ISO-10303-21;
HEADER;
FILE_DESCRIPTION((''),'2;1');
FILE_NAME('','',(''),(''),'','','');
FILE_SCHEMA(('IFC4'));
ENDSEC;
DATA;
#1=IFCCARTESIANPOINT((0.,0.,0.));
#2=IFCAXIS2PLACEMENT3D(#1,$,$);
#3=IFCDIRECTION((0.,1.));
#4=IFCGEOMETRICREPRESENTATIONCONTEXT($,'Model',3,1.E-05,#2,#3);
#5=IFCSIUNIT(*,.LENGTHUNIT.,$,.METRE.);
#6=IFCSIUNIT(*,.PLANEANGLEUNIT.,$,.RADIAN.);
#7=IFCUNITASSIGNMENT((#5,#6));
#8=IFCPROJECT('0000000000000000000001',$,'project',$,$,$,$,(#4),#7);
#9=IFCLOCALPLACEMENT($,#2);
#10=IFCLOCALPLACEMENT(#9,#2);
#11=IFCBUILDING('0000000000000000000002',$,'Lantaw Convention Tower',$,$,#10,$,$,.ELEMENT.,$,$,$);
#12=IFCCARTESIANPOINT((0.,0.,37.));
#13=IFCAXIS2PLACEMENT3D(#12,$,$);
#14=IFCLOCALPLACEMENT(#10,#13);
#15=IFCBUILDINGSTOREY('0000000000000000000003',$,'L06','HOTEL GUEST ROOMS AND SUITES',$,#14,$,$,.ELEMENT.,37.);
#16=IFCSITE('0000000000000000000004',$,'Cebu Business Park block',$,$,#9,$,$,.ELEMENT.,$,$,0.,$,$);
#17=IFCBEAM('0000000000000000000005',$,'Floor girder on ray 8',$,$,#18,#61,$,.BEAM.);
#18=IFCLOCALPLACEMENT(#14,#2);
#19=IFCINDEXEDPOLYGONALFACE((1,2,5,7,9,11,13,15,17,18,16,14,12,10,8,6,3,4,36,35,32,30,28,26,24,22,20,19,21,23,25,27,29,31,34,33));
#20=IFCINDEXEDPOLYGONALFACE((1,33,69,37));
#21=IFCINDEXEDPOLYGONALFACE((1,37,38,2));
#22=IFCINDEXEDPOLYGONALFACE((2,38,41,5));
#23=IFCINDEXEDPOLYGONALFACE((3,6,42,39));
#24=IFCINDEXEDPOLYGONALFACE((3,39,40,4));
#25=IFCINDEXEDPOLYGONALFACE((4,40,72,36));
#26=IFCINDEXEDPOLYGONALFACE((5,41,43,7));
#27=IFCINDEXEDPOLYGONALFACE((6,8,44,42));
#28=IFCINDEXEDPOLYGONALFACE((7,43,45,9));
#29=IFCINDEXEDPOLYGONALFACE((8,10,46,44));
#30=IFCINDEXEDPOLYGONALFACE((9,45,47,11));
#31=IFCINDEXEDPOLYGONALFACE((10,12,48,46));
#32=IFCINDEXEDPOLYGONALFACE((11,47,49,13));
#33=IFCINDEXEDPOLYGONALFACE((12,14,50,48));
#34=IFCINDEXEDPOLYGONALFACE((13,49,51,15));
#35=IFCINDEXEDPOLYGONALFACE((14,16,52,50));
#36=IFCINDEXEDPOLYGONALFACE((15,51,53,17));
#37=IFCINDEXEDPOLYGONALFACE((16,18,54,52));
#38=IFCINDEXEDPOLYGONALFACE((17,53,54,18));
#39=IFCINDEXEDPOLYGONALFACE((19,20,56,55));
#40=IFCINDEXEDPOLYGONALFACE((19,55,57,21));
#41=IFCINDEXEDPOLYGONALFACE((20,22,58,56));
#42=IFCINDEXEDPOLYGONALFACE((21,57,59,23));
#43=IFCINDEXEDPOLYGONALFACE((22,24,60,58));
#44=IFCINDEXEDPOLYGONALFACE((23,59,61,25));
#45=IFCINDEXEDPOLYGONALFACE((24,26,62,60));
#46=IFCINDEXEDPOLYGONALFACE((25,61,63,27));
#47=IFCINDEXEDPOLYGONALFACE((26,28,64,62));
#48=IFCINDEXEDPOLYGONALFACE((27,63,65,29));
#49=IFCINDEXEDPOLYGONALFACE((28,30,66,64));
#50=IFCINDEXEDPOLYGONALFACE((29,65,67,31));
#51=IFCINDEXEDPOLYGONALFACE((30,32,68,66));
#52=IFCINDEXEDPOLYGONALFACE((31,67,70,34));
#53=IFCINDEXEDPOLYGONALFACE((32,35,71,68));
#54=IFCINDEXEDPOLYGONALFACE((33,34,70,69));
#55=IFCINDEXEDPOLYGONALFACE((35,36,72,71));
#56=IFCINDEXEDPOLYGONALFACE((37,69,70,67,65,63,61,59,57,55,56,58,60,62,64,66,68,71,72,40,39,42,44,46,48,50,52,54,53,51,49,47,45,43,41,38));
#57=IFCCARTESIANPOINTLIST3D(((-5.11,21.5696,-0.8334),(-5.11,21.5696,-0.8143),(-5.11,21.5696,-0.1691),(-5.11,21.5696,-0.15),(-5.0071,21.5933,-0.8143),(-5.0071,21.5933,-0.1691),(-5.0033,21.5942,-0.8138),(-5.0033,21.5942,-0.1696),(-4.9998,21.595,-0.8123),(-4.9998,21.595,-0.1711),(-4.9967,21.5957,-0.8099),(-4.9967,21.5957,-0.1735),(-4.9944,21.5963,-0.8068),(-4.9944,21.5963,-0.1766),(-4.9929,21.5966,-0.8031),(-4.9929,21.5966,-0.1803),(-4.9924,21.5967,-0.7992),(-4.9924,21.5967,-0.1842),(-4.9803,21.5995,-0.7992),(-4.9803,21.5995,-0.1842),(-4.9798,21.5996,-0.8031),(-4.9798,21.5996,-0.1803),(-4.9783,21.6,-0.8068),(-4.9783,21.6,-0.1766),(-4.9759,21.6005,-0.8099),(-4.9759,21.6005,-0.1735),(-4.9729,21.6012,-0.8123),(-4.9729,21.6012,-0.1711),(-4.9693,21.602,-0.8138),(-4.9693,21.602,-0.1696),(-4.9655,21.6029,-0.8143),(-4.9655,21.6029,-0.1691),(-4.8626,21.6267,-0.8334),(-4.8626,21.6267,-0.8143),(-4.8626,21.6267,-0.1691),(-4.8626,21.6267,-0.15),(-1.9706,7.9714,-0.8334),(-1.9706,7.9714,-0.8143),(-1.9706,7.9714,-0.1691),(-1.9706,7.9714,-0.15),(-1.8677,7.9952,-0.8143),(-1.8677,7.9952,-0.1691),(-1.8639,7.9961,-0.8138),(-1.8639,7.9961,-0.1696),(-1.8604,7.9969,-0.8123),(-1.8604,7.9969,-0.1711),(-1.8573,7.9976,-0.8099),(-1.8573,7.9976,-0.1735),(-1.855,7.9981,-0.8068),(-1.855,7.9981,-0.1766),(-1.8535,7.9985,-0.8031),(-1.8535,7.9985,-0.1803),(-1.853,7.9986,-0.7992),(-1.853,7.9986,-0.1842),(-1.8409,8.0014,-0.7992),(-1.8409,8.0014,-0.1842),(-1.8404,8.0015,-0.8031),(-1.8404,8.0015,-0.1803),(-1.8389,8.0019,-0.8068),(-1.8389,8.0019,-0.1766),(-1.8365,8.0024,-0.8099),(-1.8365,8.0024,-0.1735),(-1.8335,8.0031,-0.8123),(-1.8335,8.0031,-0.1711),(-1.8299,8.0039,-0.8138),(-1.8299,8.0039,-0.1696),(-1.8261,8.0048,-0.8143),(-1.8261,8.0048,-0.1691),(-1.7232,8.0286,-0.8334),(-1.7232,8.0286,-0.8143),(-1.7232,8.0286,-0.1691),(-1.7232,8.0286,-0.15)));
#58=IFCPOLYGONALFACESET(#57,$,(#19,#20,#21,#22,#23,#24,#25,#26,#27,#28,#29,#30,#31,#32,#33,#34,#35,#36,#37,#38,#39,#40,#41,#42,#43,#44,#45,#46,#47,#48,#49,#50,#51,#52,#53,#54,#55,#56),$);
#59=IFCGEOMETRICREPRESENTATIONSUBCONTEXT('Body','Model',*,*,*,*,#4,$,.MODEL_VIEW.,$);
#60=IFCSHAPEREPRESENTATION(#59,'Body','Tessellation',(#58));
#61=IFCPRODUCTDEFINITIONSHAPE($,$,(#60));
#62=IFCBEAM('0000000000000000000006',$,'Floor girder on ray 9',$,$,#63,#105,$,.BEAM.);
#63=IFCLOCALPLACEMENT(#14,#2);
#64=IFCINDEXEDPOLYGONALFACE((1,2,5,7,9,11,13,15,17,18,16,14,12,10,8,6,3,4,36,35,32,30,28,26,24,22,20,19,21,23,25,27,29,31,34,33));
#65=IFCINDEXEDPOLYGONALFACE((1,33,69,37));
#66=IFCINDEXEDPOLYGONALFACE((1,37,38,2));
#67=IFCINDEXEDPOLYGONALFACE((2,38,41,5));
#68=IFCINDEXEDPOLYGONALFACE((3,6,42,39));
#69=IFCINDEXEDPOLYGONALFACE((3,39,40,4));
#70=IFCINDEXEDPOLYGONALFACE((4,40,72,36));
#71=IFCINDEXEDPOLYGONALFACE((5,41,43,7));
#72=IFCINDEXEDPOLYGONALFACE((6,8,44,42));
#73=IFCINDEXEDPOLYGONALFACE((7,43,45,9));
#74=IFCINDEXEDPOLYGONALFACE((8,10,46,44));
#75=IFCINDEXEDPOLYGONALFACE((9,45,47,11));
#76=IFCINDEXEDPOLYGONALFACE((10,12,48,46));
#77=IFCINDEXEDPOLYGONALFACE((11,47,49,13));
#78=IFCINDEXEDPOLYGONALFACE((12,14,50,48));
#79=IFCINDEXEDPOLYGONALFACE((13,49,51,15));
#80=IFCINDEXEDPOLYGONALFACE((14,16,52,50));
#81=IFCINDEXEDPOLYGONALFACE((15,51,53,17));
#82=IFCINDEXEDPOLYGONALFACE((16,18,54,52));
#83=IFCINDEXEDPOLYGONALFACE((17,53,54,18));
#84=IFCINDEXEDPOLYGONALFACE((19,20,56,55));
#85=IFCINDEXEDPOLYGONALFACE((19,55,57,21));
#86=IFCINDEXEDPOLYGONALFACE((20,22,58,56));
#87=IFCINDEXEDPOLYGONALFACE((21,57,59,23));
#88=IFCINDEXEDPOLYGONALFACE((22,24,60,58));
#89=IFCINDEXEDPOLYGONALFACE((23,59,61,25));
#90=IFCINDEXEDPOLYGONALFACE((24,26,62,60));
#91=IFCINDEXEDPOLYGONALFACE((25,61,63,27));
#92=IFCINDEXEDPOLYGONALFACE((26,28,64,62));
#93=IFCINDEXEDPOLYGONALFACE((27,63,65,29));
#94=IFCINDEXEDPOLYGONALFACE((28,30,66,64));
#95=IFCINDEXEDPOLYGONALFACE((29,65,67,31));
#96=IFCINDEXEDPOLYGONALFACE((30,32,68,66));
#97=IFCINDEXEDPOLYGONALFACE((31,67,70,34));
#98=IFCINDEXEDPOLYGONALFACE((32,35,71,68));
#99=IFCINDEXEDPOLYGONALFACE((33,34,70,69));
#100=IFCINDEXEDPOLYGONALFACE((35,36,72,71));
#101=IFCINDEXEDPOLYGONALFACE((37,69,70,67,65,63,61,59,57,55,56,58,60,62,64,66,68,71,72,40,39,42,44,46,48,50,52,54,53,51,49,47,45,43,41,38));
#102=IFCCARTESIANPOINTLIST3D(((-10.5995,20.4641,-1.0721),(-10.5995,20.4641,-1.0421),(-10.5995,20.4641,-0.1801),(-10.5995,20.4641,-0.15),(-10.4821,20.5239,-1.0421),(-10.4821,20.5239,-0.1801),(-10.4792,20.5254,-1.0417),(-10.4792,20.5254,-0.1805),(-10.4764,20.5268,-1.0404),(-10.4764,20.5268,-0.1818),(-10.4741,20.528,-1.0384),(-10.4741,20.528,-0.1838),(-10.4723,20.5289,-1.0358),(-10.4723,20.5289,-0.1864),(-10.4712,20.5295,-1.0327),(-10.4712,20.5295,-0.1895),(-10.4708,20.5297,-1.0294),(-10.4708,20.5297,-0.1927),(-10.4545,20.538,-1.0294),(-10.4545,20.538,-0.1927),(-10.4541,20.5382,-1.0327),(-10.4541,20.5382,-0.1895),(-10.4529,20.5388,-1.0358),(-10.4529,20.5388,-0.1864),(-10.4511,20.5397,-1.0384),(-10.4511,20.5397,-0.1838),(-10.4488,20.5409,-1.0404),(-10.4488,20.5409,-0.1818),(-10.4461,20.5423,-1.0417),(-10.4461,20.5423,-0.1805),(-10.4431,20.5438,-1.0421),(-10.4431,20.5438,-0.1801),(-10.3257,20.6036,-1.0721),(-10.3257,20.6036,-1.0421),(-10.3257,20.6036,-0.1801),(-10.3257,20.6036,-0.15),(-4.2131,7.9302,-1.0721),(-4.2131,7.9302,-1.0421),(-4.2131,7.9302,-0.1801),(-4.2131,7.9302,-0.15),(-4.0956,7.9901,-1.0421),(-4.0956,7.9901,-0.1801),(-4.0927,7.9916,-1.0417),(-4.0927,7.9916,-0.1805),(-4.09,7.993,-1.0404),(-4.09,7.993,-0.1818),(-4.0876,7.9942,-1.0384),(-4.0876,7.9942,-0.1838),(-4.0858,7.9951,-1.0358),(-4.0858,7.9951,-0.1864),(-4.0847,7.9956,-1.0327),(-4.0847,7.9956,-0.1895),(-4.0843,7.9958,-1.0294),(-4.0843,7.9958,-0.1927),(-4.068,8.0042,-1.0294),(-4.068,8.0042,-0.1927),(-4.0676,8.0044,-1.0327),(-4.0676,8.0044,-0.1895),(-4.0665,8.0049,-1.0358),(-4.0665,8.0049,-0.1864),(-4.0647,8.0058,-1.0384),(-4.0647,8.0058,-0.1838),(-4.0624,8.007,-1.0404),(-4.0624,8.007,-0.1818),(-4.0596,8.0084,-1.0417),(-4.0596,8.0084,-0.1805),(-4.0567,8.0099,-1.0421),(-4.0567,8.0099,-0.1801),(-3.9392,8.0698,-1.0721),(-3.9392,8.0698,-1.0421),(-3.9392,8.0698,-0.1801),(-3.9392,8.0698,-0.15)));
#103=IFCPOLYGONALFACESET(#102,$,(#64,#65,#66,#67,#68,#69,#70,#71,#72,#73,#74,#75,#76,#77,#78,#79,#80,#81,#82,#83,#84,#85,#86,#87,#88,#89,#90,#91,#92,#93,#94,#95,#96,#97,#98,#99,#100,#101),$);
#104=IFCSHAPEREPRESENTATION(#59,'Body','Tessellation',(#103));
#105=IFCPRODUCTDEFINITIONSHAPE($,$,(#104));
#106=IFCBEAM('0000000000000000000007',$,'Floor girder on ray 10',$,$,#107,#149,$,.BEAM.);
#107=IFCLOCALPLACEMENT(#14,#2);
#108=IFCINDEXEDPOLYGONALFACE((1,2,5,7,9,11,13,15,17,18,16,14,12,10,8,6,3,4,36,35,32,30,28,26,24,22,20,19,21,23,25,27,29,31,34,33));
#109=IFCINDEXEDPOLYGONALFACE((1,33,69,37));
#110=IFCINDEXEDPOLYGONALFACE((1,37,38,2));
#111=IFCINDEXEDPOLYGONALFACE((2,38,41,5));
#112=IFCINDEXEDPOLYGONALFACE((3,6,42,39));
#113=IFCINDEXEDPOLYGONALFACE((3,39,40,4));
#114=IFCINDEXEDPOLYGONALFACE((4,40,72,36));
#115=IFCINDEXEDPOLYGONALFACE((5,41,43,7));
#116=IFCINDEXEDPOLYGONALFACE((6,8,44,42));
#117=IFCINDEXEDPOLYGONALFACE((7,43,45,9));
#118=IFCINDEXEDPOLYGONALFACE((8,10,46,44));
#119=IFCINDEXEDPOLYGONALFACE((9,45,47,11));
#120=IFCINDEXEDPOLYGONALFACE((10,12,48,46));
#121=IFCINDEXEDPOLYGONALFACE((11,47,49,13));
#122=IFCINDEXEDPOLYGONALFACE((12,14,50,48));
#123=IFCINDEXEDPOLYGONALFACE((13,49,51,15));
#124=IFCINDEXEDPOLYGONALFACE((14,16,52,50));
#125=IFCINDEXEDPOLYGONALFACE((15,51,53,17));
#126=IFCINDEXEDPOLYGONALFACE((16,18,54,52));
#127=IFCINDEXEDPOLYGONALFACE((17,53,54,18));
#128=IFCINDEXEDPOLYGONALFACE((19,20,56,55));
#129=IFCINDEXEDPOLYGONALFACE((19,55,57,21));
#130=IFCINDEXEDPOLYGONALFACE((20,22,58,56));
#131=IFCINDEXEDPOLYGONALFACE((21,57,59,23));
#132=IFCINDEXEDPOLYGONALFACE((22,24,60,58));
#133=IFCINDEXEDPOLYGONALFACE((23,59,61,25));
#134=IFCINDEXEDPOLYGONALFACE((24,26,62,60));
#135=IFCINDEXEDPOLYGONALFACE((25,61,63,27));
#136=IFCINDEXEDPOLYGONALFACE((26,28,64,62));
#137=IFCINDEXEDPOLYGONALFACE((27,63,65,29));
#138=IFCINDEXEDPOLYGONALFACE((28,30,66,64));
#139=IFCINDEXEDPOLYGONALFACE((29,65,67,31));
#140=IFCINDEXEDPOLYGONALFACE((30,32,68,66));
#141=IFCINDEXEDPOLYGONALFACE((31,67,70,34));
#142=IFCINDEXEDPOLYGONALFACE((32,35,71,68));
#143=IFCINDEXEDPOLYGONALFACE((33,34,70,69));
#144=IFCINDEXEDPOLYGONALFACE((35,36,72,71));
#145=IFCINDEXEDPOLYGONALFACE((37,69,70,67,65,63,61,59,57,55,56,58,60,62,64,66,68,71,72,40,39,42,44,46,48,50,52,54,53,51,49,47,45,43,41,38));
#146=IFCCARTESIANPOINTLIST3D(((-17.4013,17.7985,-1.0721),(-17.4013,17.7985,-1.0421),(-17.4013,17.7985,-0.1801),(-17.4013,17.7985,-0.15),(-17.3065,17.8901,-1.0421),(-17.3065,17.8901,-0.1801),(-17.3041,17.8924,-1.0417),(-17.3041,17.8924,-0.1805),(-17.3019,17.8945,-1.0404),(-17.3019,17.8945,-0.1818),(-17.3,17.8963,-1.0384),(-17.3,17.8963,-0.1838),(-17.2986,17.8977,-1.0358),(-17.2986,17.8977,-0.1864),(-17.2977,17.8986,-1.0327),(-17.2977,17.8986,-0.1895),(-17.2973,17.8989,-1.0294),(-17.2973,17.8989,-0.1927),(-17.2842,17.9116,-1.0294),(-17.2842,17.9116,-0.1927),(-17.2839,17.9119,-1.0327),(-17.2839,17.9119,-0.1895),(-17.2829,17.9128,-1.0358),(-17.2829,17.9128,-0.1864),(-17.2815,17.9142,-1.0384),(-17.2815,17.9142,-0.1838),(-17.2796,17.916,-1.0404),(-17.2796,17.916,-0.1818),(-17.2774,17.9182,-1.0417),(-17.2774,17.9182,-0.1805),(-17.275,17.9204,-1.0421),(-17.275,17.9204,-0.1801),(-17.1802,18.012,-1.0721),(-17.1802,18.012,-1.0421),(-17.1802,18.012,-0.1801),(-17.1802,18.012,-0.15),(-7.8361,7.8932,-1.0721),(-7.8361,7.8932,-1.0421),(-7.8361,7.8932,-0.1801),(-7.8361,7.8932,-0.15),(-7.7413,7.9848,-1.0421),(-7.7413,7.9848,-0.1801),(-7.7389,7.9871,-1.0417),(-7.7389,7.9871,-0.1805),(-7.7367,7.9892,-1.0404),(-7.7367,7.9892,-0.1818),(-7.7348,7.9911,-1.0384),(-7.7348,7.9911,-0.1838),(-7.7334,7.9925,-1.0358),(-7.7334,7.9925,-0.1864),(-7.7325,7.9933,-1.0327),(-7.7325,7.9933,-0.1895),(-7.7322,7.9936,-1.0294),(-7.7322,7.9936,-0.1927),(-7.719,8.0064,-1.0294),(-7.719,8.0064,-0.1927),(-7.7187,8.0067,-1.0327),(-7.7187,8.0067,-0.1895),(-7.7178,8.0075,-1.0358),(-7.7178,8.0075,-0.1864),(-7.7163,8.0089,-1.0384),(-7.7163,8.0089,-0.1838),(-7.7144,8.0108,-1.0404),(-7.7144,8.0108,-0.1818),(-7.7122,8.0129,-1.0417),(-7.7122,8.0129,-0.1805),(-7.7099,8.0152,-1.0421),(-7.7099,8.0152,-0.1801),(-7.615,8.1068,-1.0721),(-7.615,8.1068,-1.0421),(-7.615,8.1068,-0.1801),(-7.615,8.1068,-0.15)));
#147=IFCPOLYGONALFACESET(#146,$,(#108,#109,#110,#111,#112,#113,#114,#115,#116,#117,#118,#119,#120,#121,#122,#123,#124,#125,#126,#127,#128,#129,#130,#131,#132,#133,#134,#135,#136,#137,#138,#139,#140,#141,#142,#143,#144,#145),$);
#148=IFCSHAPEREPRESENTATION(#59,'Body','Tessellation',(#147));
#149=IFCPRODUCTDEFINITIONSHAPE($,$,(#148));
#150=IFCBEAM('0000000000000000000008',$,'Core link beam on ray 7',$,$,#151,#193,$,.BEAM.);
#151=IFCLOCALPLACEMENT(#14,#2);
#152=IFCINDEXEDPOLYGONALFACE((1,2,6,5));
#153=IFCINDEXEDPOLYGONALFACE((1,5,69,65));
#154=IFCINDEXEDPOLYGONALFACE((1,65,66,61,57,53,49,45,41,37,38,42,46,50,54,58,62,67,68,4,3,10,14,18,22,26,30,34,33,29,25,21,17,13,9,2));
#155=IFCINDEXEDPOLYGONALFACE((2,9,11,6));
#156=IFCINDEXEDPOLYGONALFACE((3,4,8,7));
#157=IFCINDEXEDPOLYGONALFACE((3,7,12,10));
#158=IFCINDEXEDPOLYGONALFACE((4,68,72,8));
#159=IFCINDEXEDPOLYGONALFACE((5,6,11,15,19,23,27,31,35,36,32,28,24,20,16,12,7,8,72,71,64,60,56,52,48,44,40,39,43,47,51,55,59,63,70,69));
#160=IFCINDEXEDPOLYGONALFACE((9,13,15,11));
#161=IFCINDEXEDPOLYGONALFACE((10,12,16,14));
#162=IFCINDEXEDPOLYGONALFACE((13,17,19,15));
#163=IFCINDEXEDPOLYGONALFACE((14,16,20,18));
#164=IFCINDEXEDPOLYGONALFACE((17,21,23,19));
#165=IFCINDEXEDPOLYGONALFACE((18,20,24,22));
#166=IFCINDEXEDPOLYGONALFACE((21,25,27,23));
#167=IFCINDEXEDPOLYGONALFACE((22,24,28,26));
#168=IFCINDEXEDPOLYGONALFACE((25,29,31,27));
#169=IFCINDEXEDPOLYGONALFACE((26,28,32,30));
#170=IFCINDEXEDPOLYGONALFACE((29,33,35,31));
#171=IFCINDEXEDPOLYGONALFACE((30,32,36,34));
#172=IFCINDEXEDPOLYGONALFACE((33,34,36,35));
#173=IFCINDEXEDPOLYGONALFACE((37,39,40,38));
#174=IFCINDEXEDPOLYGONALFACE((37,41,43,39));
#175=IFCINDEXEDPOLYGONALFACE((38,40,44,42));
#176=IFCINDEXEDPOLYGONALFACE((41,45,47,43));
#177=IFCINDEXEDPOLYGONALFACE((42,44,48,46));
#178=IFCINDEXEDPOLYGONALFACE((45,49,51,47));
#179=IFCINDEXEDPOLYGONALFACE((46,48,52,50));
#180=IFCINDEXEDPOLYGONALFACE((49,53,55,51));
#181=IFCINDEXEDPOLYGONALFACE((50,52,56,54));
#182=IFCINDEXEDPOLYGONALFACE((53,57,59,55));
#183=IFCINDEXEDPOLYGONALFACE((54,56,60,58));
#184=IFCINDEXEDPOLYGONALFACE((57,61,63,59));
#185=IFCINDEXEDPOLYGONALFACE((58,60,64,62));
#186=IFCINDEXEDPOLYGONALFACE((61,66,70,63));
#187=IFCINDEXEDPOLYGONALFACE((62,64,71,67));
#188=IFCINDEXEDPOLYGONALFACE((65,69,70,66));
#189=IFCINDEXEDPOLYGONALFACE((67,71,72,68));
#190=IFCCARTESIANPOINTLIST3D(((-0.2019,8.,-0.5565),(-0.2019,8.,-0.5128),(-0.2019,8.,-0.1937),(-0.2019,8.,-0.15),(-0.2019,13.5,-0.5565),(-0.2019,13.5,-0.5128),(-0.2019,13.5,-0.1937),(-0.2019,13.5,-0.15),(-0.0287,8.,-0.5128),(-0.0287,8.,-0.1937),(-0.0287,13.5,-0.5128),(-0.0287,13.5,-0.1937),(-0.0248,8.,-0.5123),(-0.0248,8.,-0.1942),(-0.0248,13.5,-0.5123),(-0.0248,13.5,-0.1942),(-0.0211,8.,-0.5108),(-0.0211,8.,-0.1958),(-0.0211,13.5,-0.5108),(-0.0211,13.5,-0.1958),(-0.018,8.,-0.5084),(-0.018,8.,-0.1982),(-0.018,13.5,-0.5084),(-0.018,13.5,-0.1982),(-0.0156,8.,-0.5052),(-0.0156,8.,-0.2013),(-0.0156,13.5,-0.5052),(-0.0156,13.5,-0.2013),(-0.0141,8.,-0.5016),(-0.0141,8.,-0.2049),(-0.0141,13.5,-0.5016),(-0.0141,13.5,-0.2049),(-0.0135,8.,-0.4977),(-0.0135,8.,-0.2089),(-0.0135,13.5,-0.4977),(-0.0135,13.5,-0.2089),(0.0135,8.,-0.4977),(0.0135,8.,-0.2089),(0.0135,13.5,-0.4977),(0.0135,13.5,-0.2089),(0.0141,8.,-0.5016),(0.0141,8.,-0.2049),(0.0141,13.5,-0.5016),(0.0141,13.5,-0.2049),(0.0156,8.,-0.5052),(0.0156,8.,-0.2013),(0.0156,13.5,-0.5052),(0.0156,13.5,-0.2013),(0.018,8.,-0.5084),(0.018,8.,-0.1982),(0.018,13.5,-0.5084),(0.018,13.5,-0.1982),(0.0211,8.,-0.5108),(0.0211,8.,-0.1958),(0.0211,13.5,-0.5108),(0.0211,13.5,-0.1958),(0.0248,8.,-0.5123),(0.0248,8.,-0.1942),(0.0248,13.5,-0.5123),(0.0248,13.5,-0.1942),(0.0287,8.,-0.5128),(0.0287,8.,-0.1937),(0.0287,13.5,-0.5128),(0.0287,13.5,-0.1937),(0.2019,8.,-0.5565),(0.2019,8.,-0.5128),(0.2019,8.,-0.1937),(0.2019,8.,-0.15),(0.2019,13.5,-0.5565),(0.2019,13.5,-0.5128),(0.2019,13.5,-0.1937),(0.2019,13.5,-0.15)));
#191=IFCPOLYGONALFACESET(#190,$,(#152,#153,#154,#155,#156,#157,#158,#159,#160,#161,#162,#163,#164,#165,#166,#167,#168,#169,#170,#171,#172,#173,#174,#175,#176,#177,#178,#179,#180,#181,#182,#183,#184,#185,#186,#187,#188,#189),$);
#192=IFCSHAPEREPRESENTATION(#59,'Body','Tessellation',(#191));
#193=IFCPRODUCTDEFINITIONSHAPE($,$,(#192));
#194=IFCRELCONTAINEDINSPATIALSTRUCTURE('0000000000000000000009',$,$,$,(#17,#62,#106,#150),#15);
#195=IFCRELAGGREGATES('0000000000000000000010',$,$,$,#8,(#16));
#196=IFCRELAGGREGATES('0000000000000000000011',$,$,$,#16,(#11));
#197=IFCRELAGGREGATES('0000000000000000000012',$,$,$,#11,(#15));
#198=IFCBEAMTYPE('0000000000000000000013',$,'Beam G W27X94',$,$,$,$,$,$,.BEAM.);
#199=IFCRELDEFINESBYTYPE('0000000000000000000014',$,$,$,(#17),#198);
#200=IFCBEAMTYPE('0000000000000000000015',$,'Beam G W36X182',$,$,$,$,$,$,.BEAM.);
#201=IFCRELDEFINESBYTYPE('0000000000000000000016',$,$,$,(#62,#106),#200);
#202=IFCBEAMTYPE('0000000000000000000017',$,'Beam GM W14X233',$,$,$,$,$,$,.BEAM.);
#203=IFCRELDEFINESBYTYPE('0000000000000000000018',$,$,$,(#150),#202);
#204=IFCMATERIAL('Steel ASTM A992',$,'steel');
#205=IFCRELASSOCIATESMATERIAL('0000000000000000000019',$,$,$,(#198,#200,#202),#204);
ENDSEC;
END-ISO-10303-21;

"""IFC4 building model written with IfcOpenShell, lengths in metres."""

from ifc_helpers import new_model, si_unit, direction, frame, origin, origin_2d, place, context, subcontext, project, spatial, i_section, extrude, material, material_profile, profile_set, type_object, element, save


model = new_model("IFC4")

# Units and contexts
model_context = context("Model", 3, precision=1e-05, world=origin(), true_north=direction((0.0, 1.0)))
body_context = subcontext(model_context, "Body", "Model", "MODEL_VIEW")
ifc_project = project(units=[si_unit("LENGTHUNIT", "METRE"), si_unit("PLANEANGLEUNIT", "RADIAN")], contexts=[model_context])

# Site, building, storey
site_placement = place(None, origin())
site = spatial("IfcSite", under=ifc_project, at=site_placement, Name="Cebu Business Park block", CompositionType="ELEMENT", RefElevation=0.0)
building_placement = place(site_placement, origin())
building = spatial("IfcBuilding", under=site, at=building_placement, Name="Lantaw Convention Tower", CompositionType="ELEMENT")
storey_placement = place(building_placement, frame((0.0, 0.0, 37.0)))
storey = spatial("IfcBuildingStorey", under=building, at=storey_placement, Name="L06", Description="HOTEL GUEST ROOMS AND SUITES", CompositionType="ELEMENT", Elevation=37.0)

# Beams
ifc_material_1 = material(Name="Steel ASTM A992", Category="steel")
ifc_material_profile_1 = material_profile(ifc_material_1, i_section(OverallWidth=0.2539, OverallDepth=0.6833, WebThickness=0.0125, FlangeThickness=0.019, FilletRadius=0.0151, at=origin_2d()), Name="W27X94")
ifc_profile_set_1 = profile_set([ifc_material_profile_1], Name="Steel ASTM A992")
beam_type_1 = type_object("IfcBeamType", Name="Beam G W27X94", PredefinedType="BEAM", material=ifc_profile_set_1)
beam_1_placement = place(storey_placement, frame((-1.8469, 8.0, -0.4917), z_axis=(-0.224953, 0.97437, 0.0), x_axis=(-0.97437, -0.224953, 0.0)))
element("IfcBeam", 1, at=beam_1_placement, inside=storey, type_object=beam_type_1, Name="Floor girder on ray 8", PredefinedType="BEAM", context=body_context, shape_type="SweptSolid", body=[
    extrude(i_section(OverallWidth=0.2539, OverallDepth=0.6833, WebThickness=0.0125, FlangeThickness=0.019, FilletRadius=0.0151, at=origin_2d()), origin(), (0.0, 0.0, 1.0), 13.9558),
])
ifc_material_profile_2 = material_profile(ifc_material_1, i_section(OverallWidth=0.3074, OverallDepth=0.9221, WebThickness=0.0183, FlangeThickness=0.03, FilletRadius=0.0127, at=origin_2d()), Name="W36X182")
ifc_profile_set_2 = profile_set([ifc_material_profile_2], Name="Steel ASTM A992")
beam_type_2 = type_object("IfcBeamType", Name="Beam G W36X182", PredefinedType="BEAM", material=ifc_profile_set_2)
beam_2_placement = place(storey_placement, frame((-4.0762, 8.0, -0.6111), z_axis=(-0.453997, 0.891003, 0.0), x_axis=(-0.891003, -0.453997, 0.0)))
element("IfcBeam", 2, at=beam_2_placement, inside=storey, type_object=beam_type_2, Name="Floor girder on ray 9", PredefinedType="BEAM", context=body_context, shape_type="SweptSolid", body=[
    extrude(i_section(OverallWidth=0.3074, OverallDepth=0.9221, WebThickness=0.0183, FlangeThickness=0.03, FilletRadius=0.0127, at=origin_2d()), origin(), (0.0, 0.0, 1.0), 14.0671),
])
beam_3_placement = place(storey_placement, frame((-7.7256, 8.0, -0.6111), z_axis=(-0.69465, 0.719348, 0.0), x_axis=(-0.719348, -0.69465, 0.0)))
element("IfcBeam", 3, at=beam_3_placement, inside=storey, type_object=beam_type_2, Name="Floor girder on ray 10", PredefinedType="BEAM", context=body_context, shape_type="SweptSolid", body=[
    extrude(i_section(OverallWidth=0.3074, OverallDepth=0.9221, WebThickness=0.0183, FlangeThickness=0.03, FilletRadius=0.0127, at=origin_2d()), origin(), (0.0, 0.0, 1.0), 13.7698),
])
ifc_material_profile_3 = material_profile(ifc_material_1, i_section(OverallWidth=0.4038, OverallDepth=0.4065, WebThickness=0.0271, FlangeThickness=0.0437, FilletRadius=0.0151, at=origin_2d()), Name="W14X233")
ifc_profile_set_3 = profile_set([ifc_material_profile_3], Name="Steel ASTM A992")
beam_type_3 = type_object("IfcBeamType", Name="Beam GM W14X233", PredefinedType="BEAM", material=ifc_profile_set_3)
beam_4_placement = place(storey_placement, frame((0.0, 8.0, -0.3533), z_axis=(0.0, 1.0, 0.0), x_axis=(-1.0, 0.0, 0.0)))
element("IfcBeam", 4, at=beam_4_placement, inside=storey, type_object=beam_type_3, Name="Core link beam on ray 7", PredefinedType="BEAM", context=body_context, shape_type="SweptSolid", body=[
    extrude(i_section(OverallWidth=0.4038, OverallDepth=0.4065, WebThickness=0.0271, FlangeThickness=0.0437, FilletRadius=0.0151, at=origin_2d()), origin(), (0.0, 0.0, 1.0), 5.5),
])

save(model, "model.ifc")
